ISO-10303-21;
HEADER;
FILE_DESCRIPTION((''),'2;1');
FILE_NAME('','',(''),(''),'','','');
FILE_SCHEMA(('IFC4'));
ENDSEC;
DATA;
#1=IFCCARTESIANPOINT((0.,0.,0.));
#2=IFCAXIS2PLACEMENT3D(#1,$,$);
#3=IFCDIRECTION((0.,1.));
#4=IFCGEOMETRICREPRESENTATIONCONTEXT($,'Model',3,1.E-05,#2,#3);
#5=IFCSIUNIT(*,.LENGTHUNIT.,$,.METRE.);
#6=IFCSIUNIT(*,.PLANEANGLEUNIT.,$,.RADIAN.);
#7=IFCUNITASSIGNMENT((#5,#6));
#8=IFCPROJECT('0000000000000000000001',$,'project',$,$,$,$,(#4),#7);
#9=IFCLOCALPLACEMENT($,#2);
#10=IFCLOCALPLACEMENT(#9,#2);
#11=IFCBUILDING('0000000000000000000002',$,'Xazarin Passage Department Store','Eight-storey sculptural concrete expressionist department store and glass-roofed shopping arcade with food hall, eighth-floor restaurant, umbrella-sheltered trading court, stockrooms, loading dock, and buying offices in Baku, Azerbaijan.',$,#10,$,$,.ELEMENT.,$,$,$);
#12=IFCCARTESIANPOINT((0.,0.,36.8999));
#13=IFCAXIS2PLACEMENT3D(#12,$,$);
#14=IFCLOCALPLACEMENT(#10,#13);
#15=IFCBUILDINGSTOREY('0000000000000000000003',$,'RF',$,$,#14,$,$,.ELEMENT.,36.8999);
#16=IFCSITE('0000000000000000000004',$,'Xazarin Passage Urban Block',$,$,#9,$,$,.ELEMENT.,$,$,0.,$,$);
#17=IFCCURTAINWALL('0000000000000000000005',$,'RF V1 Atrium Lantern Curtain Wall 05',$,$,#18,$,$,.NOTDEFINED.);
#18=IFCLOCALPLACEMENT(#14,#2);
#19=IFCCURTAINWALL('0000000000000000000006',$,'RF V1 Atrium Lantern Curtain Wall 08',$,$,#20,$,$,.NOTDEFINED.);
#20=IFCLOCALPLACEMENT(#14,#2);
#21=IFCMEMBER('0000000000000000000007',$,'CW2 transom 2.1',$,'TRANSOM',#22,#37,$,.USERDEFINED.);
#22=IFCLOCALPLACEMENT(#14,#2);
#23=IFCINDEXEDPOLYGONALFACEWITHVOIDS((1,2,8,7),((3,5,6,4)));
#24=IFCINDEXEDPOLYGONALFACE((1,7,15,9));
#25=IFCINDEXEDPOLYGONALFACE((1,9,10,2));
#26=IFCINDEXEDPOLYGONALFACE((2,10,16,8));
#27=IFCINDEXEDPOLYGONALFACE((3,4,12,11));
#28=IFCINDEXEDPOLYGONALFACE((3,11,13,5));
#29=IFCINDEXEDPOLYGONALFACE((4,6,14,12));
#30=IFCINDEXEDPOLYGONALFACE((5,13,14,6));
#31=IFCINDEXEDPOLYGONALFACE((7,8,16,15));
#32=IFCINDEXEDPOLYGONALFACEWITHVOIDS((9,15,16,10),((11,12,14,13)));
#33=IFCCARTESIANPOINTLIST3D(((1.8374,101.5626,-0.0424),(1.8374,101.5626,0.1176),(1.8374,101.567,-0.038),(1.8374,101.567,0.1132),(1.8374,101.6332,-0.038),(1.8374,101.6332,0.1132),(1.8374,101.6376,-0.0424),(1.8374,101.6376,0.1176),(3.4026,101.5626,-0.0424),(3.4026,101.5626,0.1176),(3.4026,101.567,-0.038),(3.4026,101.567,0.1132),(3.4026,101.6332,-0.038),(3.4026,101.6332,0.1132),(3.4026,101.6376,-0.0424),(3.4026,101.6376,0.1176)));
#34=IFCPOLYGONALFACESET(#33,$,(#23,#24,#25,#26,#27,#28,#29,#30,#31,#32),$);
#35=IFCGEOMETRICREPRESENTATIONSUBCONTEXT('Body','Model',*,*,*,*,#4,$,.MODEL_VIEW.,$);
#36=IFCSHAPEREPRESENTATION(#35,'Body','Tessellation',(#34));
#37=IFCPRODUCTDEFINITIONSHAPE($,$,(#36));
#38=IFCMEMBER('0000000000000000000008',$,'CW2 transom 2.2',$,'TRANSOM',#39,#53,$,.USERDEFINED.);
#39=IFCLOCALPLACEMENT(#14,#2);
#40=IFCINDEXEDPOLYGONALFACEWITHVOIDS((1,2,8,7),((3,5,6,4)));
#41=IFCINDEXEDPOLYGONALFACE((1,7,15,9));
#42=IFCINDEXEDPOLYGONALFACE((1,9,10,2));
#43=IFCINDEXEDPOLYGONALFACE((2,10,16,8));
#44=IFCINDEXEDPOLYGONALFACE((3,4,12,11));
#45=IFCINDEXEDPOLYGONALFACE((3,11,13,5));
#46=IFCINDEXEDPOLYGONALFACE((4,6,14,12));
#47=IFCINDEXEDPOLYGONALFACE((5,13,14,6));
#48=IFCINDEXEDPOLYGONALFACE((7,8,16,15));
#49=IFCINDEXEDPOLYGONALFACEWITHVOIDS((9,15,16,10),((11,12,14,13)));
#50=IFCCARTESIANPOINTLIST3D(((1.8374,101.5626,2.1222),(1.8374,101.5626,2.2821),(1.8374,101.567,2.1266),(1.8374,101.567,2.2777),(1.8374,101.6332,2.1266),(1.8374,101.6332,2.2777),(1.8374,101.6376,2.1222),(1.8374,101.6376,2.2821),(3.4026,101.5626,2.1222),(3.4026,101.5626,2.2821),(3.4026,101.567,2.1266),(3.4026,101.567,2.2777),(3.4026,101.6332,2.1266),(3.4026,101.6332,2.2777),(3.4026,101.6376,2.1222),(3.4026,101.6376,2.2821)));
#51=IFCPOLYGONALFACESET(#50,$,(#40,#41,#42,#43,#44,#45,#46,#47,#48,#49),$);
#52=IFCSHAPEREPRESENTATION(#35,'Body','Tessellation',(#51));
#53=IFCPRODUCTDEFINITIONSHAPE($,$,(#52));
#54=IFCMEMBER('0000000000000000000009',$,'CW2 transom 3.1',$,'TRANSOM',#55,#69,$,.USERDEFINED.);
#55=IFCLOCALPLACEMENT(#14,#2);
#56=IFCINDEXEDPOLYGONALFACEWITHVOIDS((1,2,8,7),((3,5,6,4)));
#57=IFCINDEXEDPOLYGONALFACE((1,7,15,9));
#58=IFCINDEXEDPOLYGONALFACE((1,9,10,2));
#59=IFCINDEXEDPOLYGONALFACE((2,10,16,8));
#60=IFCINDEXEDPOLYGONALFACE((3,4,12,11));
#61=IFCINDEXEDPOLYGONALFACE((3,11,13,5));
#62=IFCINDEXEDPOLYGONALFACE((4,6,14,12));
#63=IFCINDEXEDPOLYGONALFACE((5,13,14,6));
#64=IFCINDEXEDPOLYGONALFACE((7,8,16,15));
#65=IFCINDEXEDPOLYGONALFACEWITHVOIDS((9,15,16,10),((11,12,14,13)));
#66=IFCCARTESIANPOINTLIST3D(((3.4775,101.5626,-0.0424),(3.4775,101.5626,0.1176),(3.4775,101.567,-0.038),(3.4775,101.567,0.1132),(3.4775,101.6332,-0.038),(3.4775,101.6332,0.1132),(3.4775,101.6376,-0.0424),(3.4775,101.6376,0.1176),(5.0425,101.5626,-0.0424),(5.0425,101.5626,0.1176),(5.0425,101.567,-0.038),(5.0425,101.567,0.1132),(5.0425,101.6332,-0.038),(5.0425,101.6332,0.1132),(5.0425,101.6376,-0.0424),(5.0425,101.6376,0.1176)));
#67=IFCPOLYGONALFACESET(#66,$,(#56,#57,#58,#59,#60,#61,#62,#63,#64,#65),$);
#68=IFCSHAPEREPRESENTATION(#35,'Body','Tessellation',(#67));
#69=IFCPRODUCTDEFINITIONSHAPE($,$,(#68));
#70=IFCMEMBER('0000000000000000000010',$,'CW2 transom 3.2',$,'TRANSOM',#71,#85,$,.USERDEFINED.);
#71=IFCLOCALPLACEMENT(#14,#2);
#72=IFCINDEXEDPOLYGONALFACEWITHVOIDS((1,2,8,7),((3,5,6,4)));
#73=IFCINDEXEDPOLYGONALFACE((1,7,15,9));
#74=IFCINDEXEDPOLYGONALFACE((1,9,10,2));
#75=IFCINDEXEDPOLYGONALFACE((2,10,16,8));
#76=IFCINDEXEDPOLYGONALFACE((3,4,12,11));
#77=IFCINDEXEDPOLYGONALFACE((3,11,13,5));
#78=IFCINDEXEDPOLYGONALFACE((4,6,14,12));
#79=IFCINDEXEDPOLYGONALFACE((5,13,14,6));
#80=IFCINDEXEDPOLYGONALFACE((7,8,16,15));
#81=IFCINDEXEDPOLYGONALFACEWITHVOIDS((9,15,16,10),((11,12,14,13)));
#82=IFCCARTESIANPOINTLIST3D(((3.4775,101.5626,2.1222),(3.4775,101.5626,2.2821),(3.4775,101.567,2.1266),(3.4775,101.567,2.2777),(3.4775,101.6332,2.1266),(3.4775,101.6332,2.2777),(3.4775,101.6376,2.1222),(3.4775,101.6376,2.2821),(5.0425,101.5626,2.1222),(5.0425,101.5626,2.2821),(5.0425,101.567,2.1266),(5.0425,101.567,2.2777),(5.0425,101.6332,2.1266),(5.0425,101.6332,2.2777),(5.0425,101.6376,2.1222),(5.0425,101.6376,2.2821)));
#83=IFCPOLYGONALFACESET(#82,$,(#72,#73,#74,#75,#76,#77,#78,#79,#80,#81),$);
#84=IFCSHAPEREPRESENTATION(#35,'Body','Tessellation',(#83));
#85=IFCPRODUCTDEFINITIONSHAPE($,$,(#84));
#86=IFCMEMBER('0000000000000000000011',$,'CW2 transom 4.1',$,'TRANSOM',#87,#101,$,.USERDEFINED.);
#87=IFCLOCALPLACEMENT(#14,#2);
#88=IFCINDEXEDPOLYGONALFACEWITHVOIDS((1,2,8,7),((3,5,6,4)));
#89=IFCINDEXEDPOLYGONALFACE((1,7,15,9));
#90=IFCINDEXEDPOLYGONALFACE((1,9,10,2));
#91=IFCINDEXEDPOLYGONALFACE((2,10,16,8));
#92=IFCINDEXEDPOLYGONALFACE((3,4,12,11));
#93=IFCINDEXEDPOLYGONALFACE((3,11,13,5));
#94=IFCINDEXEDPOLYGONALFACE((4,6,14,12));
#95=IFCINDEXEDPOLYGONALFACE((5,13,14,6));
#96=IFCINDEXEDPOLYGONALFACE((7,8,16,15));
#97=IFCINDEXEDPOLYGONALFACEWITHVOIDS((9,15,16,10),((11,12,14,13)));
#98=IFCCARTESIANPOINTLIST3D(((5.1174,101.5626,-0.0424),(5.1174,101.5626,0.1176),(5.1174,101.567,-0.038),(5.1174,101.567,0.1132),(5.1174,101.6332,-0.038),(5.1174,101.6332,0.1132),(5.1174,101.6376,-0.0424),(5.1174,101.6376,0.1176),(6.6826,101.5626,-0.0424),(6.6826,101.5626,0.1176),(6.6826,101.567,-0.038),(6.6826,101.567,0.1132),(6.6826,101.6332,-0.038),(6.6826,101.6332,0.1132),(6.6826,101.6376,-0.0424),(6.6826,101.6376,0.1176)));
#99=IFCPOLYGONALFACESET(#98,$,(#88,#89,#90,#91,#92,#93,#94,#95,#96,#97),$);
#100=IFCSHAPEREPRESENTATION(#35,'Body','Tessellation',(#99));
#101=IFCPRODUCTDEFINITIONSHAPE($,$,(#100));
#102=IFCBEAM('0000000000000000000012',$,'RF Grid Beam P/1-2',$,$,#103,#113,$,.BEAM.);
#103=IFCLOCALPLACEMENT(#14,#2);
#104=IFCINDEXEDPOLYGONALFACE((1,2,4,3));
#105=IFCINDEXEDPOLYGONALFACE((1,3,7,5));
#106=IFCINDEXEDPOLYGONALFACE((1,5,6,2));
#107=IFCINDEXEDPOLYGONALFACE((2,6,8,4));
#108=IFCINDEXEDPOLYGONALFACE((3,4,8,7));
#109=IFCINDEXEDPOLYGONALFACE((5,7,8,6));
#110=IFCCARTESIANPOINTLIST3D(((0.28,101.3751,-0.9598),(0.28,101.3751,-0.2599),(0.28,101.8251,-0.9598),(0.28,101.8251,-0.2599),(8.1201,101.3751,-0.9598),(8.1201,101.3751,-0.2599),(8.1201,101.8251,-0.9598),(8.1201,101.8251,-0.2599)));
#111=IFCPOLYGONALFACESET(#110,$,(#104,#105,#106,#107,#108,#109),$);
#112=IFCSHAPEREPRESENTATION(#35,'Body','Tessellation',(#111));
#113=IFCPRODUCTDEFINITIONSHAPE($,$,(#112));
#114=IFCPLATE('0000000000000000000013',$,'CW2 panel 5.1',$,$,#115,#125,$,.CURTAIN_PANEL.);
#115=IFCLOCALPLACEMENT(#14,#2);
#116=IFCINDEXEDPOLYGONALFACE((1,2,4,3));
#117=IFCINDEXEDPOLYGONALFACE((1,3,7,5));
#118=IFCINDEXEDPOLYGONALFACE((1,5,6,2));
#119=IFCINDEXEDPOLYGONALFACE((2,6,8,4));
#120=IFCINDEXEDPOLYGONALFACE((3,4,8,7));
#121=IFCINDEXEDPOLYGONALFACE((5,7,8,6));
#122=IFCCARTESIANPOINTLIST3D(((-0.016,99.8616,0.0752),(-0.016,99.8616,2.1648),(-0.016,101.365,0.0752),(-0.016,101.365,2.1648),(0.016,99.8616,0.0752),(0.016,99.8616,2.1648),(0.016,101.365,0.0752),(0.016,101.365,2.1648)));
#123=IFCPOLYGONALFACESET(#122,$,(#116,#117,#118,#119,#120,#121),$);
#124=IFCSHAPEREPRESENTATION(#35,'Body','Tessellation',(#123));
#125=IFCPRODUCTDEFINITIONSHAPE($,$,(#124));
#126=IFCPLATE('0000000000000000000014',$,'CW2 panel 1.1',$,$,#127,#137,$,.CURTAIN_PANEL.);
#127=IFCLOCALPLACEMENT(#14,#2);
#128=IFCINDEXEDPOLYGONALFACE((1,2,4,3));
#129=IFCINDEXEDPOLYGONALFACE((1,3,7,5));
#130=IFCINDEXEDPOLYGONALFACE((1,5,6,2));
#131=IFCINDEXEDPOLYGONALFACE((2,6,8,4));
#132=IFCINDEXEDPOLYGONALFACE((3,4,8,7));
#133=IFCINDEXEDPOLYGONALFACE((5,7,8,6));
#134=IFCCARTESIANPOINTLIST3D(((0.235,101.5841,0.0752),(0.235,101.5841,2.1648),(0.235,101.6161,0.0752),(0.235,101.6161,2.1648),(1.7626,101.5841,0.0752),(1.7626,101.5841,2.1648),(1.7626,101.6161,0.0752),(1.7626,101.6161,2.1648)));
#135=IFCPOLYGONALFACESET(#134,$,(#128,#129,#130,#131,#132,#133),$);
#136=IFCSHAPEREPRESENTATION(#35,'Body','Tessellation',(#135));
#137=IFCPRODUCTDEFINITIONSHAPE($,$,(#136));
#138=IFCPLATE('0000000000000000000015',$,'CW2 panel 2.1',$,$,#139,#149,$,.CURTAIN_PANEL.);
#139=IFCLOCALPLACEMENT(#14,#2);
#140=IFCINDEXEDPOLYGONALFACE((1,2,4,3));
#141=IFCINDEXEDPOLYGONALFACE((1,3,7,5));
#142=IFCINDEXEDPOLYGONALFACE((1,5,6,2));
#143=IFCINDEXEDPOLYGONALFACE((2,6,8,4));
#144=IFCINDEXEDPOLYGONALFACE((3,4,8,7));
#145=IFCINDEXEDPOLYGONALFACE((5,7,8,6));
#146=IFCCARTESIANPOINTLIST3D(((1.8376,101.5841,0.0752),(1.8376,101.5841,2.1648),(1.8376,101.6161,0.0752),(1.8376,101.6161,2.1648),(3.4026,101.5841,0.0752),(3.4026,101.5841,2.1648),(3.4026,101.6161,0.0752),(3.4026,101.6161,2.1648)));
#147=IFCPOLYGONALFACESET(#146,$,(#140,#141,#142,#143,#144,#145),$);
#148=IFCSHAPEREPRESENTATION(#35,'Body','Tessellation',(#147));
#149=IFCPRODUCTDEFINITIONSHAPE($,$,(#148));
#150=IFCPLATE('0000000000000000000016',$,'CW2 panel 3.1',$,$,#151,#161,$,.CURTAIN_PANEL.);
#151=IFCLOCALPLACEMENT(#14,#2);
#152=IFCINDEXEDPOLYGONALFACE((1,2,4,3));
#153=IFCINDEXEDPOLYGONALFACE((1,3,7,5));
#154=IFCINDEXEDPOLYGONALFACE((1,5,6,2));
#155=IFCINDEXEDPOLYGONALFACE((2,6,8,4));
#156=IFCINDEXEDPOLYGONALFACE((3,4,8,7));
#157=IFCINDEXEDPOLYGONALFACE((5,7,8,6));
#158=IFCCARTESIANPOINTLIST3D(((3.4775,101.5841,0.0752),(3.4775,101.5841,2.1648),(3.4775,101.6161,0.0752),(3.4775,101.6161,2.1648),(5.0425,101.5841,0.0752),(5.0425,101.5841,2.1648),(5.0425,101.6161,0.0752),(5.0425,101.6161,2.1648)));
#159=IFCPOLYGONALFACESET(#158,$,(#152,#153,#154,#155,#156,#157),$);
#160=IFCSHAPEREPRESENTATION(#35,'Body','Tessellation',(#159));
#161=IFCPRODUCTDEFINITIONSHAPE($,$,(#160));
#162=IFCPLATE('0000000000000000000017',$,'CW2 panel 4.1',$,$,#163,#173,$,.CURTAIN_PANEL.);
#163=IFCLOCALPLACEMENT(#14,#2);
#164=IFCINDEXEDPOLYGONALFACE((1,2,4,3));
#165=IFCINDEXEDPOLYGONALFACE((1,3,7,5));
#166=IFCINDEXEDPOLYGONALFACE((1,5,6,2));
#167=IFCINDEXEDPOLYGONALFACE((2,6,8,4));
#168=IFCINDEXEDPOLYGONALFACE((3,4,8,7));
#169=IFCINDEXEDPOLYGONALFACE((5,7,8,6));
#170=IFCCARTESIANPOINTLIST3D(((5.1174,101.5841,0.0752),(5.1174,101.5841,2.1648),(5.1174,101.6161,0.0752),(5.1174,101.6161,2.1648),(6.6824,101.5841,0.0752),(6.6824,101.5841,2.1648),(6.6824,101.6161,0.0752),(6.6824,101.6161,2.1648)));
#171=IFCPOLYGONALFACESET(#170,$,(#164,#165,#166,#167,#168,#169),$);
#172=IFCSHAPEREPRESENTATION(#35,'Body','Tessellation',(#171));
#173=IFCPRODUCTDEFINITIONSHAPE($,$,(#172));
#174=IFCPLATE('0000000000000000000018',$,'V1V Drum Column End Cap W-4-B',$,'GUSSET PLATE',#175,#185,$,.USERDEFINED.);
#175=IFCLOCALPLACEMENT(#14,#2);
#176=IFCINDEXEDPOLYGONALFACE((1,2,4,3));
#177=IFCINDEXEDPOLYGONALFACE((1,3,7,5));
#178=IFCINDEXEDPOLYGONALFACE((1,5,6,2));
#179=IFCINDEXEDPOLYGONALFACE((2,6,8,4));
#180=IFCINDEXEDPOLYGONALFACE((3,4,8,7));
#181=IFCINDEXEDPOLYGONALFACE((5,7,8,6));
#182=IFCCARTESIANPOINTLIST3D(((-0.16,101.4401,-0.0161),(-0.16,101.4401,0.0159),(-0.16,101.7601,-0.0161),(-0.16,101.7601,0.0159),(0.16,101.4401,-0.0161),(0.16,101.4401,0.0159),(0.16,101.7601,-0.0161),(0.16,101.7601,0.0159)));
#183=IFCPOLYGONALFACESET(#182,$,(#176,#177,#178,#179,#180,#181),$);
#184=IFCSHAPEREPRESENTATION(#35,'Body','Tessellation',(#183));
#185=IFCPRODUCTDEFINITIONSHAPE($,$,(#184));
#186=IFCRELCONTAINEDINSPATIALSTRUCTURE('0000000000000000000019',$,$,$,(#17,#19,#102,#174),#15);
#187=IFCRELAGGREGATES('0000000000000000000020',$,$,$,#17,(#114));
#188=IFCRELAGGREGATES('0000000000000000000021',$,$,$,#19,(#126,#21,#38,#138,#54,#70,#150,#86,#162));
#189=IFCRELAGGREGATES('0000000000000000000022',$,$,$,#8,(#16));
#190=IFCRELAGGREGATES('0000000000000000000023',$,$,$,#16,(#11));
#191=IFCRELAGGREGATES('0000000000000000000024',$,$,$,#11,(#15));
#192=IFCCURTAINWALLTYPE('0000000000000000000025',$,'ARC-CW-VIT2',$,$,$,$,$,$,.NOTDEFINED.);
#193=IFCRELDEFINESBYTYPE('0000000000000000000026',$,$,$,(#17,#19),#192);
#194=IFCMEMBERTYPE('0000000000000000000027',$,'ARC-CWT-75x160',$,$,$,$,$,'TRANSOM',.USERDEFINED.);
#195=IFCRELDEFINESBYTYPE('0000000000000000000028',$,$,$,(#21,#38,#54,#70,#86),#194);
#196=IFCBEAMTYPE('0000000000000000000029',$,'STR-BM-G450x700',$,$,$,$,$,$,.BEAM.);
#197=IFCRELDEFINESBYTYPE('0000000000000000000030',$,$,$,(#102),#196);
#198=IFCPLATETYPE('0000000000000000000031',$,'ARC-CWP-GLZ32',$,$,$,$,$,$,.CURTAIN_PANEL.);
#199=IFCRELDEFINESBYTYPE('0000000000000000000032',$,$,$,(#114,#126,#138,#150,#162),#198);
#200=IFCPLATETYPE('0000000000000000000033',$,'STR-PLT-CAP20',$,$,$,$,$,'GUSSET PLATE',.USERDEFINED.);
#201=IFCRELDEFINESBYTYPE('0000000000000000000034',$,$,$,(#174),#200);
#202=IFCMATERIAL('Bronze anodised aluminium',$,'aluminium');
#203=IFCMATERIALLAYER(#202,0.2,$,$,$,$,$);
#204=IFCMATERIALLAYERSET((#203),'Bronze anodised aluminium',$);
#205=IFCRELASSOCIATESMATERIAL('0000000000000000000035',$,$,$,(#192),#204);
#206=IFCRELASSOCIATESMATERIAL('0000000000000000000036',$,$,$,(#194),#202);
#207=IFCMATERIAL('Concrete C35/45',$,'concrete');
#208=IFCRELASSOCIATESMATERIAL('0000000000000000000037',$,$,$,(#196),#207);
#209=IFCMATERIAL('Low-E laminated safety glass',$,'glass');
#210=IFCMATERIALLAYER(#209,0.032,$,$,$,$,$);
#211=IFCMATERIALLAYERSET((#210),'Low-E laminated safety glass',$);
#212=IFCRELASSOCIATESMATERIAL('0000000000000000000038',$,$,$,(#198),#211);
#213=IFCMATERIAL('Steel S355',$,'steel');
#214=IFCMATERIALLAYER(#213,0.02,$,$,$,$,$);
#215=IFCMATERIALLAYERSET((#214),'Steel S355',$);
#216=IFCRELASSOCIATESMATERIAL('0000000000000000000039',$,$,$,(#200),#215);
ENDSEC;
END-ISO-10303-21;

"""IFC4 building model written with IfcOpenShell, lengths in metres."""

from ifc_helpers import new_model, si_unit, direction, frame, origin, origin_2d, place, context, subcontext, project, spatial, rectangle, hollow_rectangle, extrude, material, layer, layer_set, material_profile, profile_set, type_object, element, aggregate, save


model = new_model("IFC4")

# Units and contexts
model_context = context("Model", 3, precision=1e-05, world=origin(), true_north=direction((0.0, 1.0)))
body_context = subcontext(model_context, "Body", "Model", "MODEL_VIEW")
ifc_project = project(units=[si_unit("LENGTHUNIT", "METRE"), si_unit("PLANEANGLEUNIT", "RADIAN")], contexts=[model_context])

# Site, building, storey
site_placement = place(None, origin())
site = spatial("IfcSite", under=ifc_project, at=site_placement, Name="Xazarin Passage Urban Block", CompositionType="ELEMENT", RefElevation=0.0)
building_placement = place(site_placement, origin())
building = spatial("IfcBuilding", under=site, at=building_placement, Name="Xazarin Passage Department Store", Description="Eight-storey sculptural concrete expressionist department store and glass-roofed shopping arcade with food hall, eighth-floor restaurant, umbrella-sheltered trading court, stockrooms, loading dock, and buying offices in Baku, Azerbaijan.", CompositionType="ELEMENT")
storey_placement = place(building_placement, frame((0.0, 0.0, 36.8999)))
storey = spatial("IfcBuildingStorey", under=building, at=storey_placement, Name="RF", CompositionType="ELEMENT", Elevation=36.8999)

# Shared definitions
ifc_material_1 = material(Name="Steel S355", Category="steel")

# Curtain walls
ifc_material_2 = material(Name="Bronze anodised aluminium", Category="aluminium")
ifc_layer_1 = layer(ifc_material_2, 0.2)
ifc_layer_set_1 = layer_set([ifc_layer_1], Name="Bronze anodised aluminium")
curtain_wall_type = type_object("IfcCurtainWallType", Name="ARC-CW-VIT2", PredefinedType="NOTDEFINED", material=ifc_layer_set_1)
curtain_wall_1_placement = place(storey_placement, origin())
curtain_wall_1 = element("IfcCurtainWall", 1, at=curtain_wall_1_placement, inside=storey, type_object=curtain_wall_type, Name="RF V1 Atrium Lantern Curtain Wall 05", PredefinedType="NOTDEFINED")
curtain_wall_2_placement = place(storey_placement, origin())
curtain_wall_2 = element("IfcCurtainWall", 2, at=curtain_wall_2_placement, inside=storey, type_object=curtain_wall_type, Name="RF V1 Atrium Lantern Curtain Wall 08", PredefinedType="NOTDEFINED")

# Members
ifc_material_profile_1 = material_profile(ifc_material_2, hollow_rectangle(XDim=0.075, YDim=0.1599, WallThickness=0.0044, at=origin_2d()), Name="ALU 75x160")
ifc_profile_set_1 = profile_set([ifc_material_profile_1], Name="Bronze anodised aluminium")
member_type_1 = type_object("IfcMemberType", Name="ARC-CWT-75x160", ElementType="TRANSOM", PredefinedType="USERDEFINED", material=ifc_profile_set_1)
member_1_placement = place(storey_placement, frame((1.8374, 101.6001, 0.0376), z_axis=(1.0, 0.0, 0.0), x_axis=(0.0, 1.0, 0.0)))
member_1 = element("IfcMember", 3, at=member_1_placement, type_object=member_type_1, Name="CW2 transom 2.1", ObjectType="TRANSOM", PredefinedType="USERDEFINED", context=body_context, shape_type="SweptSolid", body=[
    extrude(hollow_rectangle(XDim=0.075, YDim=0.1599, WallThickness=0.0044, at=origin_2d()), origin(), (0.0, 0.0, 1.0), 1.5652),
])
member_2_placement = place(storey_placement, frame((1.8374, 101.6001, 2.2021), z_axis=(1.0, 0.0, 0.0), x_axis=(0.0, 1.0, 0.0)))
member_2 = element("IfcMember", 4, at=member_2_placement, type_object=member_type_1, Name="CW2 transom 2.2", ObjectType="TRANSOM", PredefinedType="USERDEFINED", context=body_context, shape_type="SweptSolid", body=[
    extrude(hollow_rectangle(XDim=0.075, YDim=0.1599, WallThickness=0.0044, at=origin_2d()), origin(), (0.0, 0.0, 1.0), 1.5652),
])
member_3_placement = place(storey_placement, frame((3.4775, 101.6001, 0.0376), z_axis=(1.0, 0.0, 0.0), x_axis=(0.0, 1.0, 0.0)))
member_3 = element("IfcMember", 5, at=member_3_placement, type_object=member_type_1, Name="CW2 transom 3.1", ObjectType="TRANSOM", PredefinedType="USERDEFINED", context=body_context, shape_type="SweptSolid", body=[
    extrude(hollow_rectangle(XDim=0.075, YDim=0.1599, WallThickness=0.0044, at=origin_2d()), origin(), (0.0, 0.0, 1.0), 1.5649),
])
member_4_placement = place(storey_placement, frame((3.4775, 101.6001, 2.2021), z_axis=(1.0, 0.0, 0.0), x_axis=(0.0, 1.0, 0.0)))
member_4 = element("IfcMember", 6, at=member_4_placement, type_object=member_type_1, Name="CW2 transom 3.2", ObjectType="TRANSOM", PredefinedType="USERDEFINED", context=body_context, shape_type="SweptSolid", body=[
    extrude(hollow_rectangle(XDim=0.075, YDim=0.1599, WallThickness=0.0044, at=origin_2d()), origin(), (0.0, 0.0, 1.0), 1.5649),
])
member_5_placement = place(storey_placement, frame((5.1174, 101.6001, 0.0376), z_axis=(1.0, 0.0, 0.0), x_axis=(0.0, 1.0, 0.0)))
member_5 = element("IfcMember", 7, at=member_5_placement, type_object=member_type_1, Name="CW2 transom 4.1", ObjectType="TRANSOM", PredefinedType="USERDEFINED", context=body_context, shape_type="SweptSolid", body=[
    extrude(hollow_rectangle(XDim=0.075, YDim=0.1599, WallThickness=0.0044, at=origin_2d()), origin(), (0.0, 0.0, 1.0), 1.5652),
])

# Beam
ifc_material_3 = material(Name="Concrete C35/45", Category="concrete")
ifc_material_profile_2 = material_profile(ifc_material_3, rectangle(XDim=0.45, YDim=0.7, at=origin_2d()), Name="RC 450x700")
ifc_profile_set_2 = profile_set([ifc_material_profile_2], Name="Concrete C35/45")
beam_type = type_object("IfcBeamType", Name="STR-BM-G450x700", PredefinedType="BEAM", material=ifc_profile_set_2)
beam_placement = place(storey_placement, frame((0.28, 101.6001, -0.6099), z_axis=(1.0, 0.0, 0.0), x_axis=(0.0, 1.0, 0.0)))
element("IfcBeam", 8, at=beam_placement, inside=storey, type_object=beam_type, Name="RF Grid Beam P/1-2", PredefinedType="BEAM", context=body_context, shape_type="SweptSolid", body=[
    extrude(rectangle(XDim=0.45, YDim=0.7, at=origin_2d()), origin(), (0.0, 0.0, 1.0), 7.8401),
])

# Plates
ifc_material_4 = material(Name="Low-E laminated safety glass", Category="glass")
ifc_layer_2 = layer(ifc_material_4, 0.032)
ifc_layer_set_2 = layer_set([ifc_layer_2], Name="Low-E laminated safety glass")
plate_type_1 = type_object("IfcPlateType", Name="ARC-CWP-GLZ32", PredefinedType="CURTAIN_PANEL", material=ifc_layer_set_2)
plate_1_placement = place(storey_placement, frame((0.0, 100.6133, 0.0752), z_axis=(0.0, 0.0, 1.0), x_axis=(0.0, 1.0, 0.0)))
plate_1 = element("IfcPlate", 9, at=plate_1_placement, type_object=plate_type_1, Name="CW2 panel 5.1", PredefinedType="CURTAIN_PANEL", context=body_context, shape_type="SweptSolid", body=[
    extrude(rectangle(XDim=1.5034, YDim=0.032, at=origin_2d()), origin(), (0.0, 0.0, 1.0), 2.0896),
])
aggregate(curtain_wall_1, [plate_1])
plate_2_placement = place(storey_placement, frame((0.9988, 101.6001, 0.0752), z_axis=(0.0, 0.0, 1.0), x_axis=(1.0, 0.0, 0.0)))
plate_2 = element("IfcPlate", 10, at=plate_2_placement, type_object=plate_type_1, Name="CW2 panel 1.1", PredefinedType="CURTAIN_PANEL", context=body_context, shape_type="SweptSolid", body=[
    extrude(rectangle(XDim=1.5276, YDim=0.032, at=origin_2d()), origin(), (0.0, 0.0, 1.0), 2.0896),
])
plate_3_placement = place(storey_placement, frame((2.6201, 101.6001, 0.0752), z_axis=(0.0, 0.0, 1.0), x_axis=(1.0, 0.0, 0.0)))
plate_3 = element("IfcPlate", 11, at=plate_3_placement, type_object=plate_type_1, Name="CW2 panel 2.1", PredefinedType="CURTAIN_PANEL", context=body_context, shape_type="SweptSolid", body=[
    extrude(rectangle(XDim=1.5649, YDim=0.032, at=origin_2d()), origin(), (0.0, 0.0, 1.0), 2.0896),
])
plate_4_placement = place(storey_placement, frame((4.26, 101.6001, 0.0752), z_axis=(0.0, 0.0, 1.0), x_axis=(1.0, 0.0, 0.0)))
plate_4 = element("IfcPlate", 12, at=plate_4_placement, type_object=plate_type_1, Name="CW2 panel 3.1", PredefinedType="CURTAIN_PANEL", context=body_context, shape_type="SweptSolid", body=[
    extrude(rectangle(XDim=1.5649, YDim=0.032, at=origin_2d()), origin(), (0.0, 0.0, 1.0), 2.0896),
])
plate_5_placement = place(storey_placement, frame((5.8999, 101.6001, 0.0752), z_axis=(0.0, 0.0, 1.0), x_axis=(1.0, 0.0, 0.0)))
plate_5 = element("IfcPlate", 13, at=plate_5_placement, type_object=plate_type_1, Name="CW2 panel 4.1", PredefinedType="CURTAIN_PANEL", context=body_context, shape_type="SweptSolid", body=[
    extrude(rectangle(XDim=1.5649, YDim=0.032, at=origin_2d()), origin(), (0.0, 0.0, 1.0), 2.0896),
])
aggregate(curtain_wall_2, [plate_2, member_1, member_2, plate_3, member_3, member_4, plate_4, member_5, plate_5])
ifc_layer_3 = layer(ifc_material_1, 0.02)
ifc_layer_set_3 = layer_set([ifc_layer_3], Name="Steel S355")
plate_type_2 = type_object("IfcPlateType", Name="STR-PLT-CAP20", ElementType="GUSSET PLATE", PredefinedType="USERDEFINED", material=ifc_layer_set_3)
plate_6_placement = place(storey_placement, frame((0.0, 101.6001, -0.0161), z_axis=(0.0, 0.0, 1.0), x_axis=(1.0, 0.0, 0.0)))
element("IfcPlate", 14, at=plate_6_placement, inside=storey, type_object=plate_type_2, Name="V1V Drum Column End Cap W-4-B", ObjectType="GUSSET PLATE", PredefinedType="USERDEFINED", context=body_context, shape_type="SweptSolid", body=[
    extrude(rectangle(XDim=0.3201, YDim=0.3201, at=origin_2d()), origin(), (0.0, 0.0, 1.0), 0.032),
])

save(model, "model.ifc")
